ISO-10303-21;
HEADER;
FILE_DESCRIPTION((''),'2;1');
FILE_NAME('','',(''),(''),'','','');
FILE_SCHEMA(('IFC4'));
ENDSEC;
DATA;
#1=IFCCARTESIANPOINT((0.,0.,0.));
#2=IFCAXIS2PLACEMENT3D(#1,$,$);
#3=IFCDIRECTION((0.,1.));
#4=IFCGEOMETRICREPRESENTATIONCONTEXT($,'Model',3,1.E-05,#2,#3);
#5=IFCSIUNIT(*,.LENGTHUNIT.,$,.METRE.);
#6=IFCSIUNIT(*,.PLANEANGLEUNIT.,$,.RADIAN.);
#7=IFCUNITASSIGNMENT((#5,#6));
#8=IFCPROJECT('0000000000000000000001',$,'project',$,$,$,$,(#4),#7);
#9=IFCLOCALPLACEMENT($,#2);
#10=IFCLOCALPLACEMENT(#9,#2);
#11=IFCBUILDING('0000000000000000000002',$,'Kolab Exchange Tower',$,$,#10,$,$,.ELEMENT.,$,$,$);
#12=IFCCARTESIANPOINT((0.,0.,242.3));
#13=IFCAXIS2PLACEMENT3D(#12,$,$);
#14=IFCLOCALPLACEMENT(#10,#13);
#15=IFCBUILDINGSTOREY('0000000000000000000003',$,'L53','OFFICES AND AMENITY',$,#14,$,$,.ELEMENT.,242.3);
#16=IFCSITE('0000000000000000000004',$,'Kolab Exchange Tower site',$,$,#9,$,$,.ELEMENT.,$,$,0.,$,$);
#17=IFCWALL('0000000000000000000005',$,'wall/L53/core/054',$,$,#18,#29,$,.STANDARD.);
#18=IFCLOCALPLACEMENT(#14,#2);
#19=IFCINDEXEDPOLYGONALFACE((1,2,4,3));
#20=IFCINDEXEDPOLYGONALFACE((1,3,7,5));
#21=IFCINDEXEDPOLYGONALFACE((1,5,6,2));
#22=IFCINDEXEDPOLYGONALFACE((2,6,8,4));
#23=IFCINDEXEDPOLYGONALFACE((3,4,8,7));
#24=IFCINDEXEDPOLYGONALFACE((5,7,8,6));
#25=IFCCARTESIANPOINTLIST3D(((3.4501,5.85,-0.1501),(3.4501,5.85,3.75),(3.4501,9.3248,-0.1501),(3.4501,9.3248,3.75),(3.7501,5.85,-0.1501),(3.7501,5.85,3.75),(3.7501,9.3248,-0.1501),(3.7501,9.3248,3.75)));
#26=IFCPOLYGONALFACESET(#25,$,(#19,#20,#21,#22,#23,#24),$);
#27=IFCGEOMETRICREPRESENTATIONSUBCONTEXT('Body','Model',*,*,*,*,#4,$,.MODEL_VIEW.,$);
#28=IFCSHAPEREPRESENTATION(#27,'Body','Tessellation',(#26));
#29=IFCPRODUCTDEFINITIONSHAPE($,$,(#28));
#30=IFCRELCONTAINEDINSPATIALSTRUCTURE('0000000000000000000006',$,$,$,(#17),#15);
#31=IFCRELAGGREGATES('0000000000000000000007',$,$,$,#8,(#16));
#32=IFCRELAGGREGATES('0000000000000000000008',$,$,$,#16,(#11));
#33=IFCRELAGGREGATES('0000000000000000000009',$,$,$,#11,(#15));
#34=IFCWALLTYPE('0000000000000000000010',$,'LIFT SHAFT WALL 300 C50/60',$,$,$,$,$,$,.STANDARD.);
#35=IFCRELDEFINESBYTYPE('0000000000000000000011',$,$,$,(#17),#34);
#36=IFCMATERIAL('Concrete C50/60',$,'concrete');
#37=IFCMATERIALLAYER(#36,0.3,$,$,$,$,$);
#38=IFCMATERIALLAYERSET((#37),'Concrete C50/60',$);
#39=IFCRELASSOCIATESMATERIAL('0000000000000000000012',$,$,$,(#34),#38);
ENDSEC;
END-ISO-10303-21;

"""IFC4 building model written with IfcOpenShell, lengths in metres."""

from ifc_helpers import new_model, si_unit, direction, frame, frame_2d, origin, place, context, subcontext, project, spatial, rectangle, extrude, material, layer, layer_set, type_object, element, save


model = new_model("IFC4")

# Units and contexts
model_context = context("Model", 3, precision=1e-05, world=origin(), true_north=direction((0.0, 1.0)))
body_context = subcontext(model_context, "Body", "Model", "MODEL_VIEW")
ifc_project = project(units=[si_unit("LENGTHUNIT", "METRE"), si_unit("PLANEANGLEUNIT", "RADIAN")], contexts=[model_context])

# Site, building, storey
site_placement = place(None, origin())
site = spatial("IfcSite", under=ifc_project, at=site_placement, Name="Kolab Exchange Tower site", CompositionType="ELEMENT", RefElevation=0.0)
building_placement = place(site_placement, origin())
building = spatial("IfcBuilding", under=site, at=building_placement, Name="Kolab Exchange Tower", CompositionType="ELEMENT")
storey_placement = place(building_placement, frame((0.0, 0.0, 242.3)))
storey = spatial("IfcBuildingStorey", under=building, at=storey_placement, Name="L53", Description="OFFICES AND AMENITY", CompositionType="ELEMENT", Elevation=242.3)

# Shared definitions
ifc_material_1 = material(Name="Concrete C50/60", Category="concrete")

# Shared definitions
ifc_layer_1 = layer(ifc_material_1, 0.3)
ifc_layer_set_1 = layer_set([ifc_layer_1], Name="Concrete C50/60")
wall_type = type_object("IfcWallType", Name="LIFT SHAFT WALL 300 C50/60", PredefinedType="STANDARD", material=ifc_layer_set_1)

# Wall
for number, where, z_axis, x_axis, name in (
    (1, (3.6001, 5.8501, -0.1501), (0.0, 0.0, 1.0), (0.0, 1.0, 0.0), "wall/L53/core/054"),
):
    element("IfcWall", number, at=place(storey_placement, frame(where, z_axis=z_axis, x_axis=x_axis)), inside=storey, type_object=wall_type, Name=name, PredefinedType="STANDARD", context=body_context, shape_type="SweptSolid", body=[
        extrude(rectangle(XDim=3.4749, YDim=0.3, at=frame_2d((1.7373, 0.0))), origin(), (0.0, 0.0, 1.0), 3.9001),
    ])

save(model, "model.ifc")
